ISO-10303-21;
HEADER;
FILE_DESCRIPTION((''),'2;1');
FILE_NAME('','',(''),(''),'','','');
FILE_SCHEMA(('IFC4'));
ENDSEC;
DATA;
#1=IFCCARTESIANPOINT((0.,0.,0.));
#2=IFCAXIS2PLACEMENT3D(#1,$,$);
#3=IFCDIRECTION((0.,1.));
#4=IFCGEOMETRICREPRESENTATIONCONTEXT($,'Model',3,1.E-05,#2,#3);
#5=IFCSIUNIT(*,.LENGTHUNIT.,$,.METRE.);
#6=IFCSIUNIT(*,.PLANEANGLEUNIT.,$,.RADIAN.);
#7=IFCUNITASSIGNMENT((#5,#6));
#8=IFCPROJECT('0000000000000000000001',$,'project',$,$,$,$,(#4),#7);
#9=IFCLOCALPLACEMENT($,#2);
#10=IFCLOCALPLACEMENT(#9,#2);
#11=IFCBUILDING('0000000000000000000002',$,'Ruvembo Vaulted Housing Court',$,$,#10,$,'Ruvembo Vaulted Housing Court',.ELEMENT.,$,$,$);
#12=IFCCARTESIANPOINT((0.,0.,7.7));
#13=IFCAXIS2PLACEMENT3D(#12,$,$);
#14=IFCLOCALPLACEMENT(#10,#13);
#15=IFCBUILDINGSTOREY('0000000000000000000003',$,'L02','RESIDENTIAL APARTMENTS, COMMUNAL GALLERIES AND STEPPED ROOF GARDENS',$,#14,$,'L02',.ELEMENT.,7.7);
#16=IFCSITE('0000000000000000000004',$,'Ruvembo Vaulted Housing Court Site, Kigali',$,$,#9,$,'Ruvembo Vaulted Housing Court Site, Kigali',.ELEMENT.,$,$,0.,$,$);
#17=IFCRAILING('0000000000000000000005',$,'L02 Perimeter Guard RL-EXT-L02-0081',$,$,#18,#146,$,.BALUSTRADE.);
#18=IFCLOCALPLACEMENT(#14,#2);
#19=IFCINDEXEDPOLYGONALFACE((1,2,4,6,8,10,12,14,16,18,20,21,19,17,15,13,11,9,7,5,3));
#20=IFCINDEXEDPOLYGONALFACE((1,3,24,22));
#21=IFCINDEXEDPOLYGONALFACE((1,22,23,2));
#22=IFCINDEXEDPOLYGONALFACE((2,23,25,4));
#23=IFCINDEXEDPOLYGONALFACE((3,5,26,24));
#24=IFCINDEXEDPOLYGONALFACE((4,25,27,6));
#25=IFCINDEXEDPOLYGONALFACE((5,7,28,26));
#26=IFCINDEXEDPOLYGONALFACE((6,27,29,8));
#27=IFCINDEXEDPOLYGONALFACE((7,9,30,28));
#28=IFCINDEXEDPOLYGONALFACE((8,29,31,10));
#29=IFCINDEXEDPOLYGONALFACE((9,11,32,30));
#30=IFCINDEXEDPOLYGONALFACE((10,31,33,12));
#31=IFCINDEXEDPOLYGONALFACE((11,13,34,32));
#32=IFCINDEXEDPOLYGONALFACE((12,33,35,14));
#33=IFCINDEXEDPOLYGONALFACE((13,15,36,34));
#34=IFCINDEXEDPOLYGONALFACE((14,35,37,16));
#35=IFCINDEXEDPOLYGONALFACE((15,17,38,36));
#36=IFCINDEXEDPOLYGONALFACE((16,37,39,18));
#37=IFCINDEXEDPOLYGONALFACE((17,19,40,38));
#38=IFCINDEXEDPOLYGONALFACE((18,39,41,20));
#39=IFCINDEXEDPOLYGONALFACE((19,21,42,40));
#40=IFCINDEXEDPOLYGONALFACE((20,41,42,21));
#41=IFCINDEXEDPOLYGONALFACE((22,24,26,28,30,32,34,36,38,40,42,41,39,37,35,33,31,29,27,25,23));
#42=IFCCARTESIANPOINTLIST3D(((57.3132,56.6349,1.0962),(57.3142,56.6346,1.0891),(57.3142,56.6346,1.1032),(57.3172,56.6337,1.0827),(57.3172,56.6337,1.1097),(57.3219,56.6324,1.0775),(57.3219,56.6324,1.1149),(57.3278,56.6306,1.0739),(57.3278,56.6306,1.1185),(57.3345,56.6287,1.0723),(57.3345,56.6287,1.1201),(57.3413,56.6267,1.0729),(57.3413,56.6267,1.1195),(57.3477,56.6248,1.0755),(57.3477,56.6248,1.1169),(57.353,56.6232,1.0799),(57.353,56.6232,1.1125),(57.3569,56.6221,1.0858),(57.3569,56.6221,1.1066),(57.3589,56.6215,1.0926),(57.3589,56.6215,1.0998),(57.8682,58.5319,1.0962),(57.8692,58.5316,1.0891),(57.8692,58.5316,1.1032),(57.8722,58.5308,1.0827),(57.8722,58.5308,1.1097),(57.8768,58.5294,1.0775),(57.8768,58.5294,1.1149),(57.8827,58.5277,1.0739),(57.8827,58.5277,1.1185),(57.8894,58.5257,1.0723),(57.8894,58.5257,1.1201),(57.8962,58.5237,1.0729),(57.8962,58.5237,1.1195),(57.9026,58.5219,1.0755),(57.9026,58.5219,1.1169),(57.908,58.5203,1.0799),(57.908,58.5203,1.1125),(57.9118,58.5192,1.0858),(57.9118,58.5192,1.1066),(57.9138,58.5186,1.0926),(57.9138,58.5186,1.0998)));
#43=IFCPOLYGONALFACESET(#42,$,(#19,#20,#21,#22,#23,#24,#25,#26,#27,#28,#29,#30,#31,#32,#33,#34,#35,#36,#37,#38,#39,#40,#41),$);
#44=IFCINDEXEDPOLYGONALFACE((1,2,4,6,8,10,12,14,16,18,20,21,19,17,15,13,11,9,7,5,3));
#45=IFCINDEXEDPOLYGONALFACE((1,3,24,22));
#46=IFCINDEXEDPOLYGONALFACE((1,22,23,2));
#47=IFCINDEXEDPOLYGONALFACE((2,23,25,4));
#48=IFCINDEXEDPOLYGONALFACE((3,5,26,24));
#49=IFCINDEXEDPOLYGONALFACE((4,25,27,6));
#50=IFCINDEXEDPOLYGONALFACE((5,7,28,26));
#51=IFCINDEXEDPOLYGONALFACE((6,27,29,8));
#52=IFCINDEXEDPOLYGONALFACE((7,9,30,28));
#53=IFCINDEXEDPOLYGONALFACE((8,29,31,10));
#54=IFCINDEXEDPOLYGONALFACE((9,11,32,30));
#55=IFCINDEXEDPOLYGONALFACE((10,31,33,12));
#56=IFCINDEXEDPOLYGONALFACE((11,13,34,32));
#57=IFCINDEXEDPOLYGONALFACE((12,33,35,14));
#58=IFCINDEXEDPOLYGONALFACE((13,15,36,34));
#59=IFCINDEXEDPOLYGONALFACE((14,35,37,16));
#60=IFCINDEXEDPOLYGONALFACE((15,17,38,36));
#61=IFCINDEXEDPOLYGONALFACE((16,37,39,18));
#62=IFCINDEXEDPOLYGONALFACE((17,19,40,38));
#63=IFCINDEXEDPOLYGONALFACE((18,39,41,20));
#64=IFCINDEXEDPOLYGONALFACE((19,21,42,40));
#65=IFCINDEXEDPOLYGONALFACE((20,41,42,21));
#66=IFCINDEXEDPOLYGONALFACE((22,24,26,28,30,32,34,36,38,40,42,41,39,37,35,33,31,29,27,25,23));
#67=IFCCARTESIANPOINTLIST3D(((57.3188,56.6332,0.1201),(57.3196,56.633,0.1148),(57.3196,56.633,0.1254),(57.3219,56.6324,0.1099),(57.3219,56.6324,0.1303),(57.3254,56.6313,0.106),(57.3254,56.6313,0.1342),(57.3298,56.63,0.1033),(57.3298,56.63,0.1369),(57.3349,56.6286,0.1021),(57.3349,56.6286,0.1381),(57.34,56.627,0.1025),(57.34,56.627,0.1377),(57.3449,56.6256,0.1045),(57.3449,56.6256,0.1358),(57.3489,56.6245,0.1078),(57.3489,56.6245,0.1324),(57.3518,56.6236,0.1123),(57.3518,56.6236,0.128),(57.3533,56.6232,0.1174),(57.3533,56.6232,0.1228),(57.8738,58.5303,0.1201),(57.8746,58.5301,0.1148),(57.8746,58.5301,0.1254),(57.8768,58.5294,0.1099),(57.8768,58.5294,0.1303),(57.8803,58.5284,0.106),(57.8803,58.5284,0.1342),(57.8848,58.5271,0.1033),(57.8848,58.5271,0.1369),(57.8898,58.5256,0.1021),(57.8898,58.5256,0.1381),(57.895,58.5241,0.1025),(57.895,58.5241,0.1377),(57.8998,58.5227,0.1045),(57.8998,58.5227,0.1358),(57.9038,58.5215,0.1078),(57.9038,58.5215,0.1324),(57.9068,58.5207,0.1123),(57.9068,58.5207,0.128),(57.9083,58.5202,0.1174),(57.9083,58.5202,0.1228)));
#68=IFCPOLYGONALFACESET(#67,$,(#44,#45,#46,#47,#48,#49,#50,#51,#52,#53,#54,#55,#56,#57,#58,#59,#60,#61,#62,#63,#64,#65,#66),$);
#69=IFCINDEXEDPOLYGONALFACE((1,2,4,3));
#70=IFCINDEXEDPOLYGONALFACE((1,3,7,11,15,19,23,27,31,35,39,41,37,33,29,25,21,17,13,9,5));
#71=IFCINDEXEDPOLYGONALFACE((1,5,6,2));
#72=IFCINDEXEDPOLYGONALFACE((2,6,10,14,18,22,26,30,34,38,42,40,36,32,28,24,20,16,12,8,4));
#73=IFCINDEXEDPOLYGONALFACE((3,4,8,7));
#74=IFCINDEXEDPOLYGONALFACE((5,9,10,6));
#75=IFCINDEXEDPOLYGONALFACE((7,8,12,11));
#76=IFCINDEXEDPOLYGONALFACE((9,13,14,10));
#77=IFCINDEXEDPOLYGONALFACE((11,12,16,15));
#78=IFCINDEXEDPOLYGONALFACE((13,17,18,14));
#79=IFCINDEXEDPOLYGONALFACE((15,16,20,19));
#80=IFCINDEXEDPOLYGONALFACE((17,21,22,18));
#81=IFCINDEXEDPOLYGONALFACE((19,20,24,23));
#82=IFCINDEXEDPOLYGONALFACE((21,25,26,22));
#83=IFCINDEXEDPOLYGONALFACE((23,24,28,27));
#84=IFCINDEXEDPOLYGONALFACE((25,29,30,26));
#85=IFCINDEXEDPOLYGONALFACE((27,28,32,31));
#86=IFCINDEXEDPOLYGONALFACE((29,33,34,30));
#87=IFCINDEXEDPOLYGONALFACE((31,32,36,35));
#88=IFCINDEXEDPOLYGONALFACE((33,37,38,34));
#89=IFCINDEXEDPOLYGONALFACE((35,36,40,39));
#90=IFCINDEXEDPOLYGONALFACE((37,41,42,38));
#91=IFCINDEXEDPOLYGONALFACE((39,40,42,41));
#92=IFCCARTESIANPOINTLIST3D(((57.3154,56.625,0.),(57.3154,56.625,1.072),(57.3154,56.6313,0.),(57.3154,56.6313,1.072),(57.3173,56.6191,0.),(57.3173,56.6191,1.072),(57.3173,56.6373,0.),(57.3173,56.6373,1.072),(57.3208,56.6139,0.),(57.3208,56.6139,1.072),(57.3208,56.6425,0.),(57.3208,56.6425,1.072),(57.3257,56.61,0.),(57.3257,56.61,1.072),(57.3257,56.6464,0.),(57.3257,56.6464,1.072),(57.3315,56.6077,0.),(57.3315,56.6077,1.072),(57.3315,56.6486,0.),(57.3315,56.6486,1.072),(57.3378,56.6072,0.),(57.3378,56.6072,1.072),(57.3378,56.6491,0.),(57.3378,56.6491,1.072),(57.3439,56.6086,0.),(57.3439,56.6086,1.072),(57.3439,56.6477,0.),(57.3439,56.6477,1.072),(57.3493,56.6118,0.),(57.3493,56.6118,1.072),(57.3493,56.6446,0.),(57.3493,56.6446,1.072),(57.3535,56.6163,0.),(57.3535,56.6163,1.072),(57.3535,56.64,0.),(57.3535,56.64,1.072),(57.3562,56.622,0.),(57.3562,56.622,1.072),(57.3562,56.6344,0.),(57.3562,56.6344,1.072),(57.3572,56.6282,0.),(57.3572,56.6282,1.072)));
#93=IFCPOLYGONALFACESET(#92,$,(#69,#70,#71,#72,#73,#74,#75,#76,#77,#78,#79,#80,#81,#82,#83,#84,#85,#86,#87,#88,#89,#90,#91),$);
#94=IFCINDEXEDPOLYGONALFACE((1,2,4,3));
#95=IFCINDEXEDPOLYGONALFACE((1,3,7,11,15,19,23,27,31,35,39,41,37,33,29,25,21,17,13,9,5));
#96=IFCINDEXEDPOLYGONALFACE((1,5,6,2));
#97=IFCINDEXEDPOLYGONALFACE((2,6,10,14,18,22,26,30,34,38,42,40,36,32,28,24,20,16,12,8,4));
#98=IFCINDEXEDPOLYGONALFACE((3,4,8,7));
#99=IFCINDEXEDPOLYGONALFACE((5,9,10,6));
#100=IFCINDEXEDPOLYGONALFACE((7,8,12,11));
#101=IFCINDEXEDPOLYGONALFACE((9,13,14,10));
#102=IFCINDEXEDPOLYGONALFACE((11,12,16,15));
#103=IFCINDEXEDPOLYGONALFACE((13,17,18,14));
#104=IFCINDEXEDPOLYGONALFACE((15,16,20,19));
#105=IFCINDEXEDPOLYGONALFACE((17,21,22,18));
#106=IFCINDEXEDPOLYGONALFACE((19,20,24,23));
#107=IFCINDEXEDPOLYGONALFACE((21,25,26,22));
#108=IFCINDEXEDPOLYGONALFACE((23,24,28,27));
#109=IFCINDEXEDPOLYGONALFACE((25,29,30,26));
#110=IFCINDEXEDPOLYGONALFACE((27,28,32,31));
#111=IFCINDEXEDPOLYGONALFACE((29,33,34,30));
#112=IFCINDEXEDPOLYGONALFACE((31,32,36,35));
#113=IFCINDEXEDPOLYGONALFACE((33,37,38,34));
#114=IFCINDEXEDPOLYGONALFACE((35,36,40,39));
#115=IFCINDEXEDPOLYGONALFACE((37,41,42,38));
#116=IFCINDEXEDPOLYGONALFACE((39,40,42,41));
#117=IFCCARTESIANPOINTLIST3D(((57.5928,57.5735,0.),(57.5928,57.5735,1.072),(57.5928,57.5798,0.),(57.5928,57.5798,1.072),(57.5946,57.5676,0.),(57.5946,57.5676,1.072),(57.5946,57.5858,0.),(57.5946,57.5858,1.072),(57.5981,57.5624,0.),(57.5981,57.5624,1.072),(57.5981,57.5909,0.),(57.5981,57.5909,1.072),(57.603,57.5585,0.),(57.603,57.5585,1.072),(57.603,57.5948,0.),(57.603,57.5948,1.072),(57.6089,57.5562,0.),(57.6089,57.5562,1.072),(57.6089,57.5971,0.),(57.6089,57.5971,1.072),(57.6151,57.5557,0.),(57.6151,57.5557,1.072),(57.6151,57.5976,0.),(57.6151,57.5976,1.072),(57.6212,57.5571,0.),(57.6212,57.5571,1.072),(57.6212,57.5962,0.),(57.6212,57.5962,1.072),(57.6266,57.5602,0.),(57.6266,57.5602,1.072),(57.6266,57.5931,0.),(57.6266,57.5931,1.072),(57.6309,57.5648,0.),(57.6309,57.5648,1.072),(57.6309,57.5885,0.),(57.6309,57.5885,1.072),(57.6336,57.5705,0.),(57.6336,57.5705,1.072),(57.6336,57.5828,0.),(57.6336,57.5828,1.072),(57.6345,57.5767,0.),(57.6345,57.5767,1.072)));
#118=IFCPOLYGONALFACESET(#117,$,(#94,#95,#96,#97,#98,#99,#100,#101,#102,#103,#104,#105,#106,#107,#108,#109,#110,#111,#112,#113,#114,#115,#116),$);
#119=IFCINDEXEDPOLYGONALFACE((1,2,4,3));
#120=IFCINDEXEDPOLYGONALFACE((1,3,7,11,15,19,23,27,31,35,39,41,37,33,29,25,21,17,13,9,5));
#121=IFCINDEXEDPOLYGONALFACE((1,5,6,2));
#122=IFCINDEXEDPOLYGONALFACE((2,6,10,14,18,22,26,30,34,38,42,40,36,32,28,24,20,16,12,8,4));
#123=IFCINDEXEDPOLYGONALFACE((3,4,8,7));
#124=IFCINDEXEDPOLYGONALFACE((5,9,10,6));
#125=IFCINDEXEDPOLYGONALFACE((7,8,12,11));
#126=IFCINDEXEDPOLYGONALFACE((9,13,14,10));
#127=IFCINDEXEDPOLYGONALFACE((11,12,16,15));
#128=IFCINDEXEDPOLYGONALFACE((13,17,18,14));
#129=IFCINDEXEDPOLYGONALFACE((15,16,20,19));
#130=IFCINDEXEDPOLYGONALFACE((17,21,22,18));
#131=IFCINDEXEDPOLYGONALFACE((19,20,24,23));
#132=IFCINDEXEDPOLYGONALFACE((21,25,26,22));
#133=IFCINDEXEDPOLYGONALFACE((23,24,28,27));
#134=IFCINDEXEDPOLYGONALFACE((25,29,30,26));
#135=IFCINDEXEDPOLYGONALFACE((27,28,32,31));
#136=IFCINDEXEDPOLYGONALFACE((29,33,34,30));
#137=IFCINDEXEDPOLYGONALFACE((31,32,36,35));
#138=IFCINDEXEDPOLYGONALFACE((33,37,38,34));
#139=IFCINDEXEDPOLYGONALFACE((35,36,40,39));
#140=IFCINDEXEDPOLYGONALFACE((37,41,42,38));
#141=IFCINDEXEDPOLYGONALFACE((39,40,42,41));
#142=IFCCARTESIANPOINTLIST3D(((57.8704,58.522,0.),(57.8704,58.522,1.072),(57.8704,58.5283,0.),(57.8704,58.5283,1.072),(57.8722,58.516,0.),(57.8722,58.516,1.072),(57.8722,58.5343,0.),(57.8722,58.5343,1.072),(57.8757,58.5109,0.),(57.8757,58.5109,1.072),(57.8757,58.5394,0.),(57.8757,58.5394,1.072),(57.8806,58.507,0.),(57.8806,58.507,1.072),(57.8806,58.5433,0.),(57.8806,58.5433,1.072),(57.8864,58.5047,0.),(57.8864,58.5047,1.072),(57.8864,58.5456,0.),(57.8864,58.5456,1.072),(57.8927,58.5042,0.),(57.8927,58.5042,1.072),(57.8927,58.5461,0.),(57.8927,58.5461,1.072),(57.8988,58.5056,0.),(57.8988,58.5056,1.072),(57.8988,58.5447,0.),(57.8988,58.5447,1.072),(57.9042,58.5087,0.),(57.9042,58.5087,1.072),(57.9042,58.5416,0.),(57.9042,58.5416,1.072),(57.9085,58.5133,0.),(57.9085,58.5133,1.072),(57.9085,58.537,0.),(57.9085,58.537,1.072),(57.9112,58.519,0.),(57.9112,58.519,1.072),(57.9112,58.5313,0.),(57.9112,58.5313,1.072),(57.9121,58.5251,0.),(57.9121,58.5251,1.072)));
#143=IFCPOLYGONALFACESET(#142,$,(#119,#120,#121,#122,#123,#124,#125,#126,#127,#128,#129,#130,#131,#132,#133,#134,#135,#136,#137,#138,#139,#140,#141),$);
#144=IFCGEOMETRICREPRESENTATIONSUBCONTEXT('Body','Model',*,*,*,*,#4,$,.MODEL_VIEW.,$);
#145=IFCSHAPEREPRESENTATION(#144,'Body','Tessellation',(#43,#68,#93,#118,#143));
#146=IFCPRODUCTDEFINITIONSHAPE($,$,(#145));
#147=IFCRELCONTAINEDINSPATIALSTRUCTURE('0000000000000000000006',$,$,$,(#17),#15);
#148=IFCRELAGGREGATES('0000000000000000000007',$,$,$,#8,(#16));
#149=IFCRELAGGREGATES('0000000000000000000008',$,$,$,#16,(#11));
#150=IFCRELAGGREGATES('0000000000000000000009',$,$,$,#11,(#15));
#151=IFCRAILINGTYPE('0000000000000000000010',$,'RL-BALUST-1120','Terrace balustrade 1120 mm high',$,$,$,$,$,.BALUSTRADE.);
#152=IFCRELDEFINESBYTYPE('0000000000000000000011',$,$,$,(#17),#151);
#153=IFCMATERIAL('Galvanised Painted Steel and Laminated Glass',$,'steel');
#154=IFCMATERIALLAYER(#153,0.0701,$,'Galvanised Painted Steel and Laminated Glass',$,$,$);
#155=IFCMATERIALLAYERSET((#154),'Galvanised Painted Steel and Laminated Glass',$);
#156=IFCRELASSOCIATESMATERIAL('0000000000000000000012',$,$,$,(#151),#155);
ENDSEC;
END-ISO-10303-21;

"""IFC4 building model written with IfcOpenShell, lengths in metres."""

from ifc_helpers import new_model, si_unit, direction, frame, origin, origin_2d, place, context, subcontext, project, spatial, circle, extrude, material, layer, layer_set, type_object, element, save


model = new_model("IFC4")

# Units and contexts
model_context = context("Model", 3, precision=1e-05, world=origin(), true_north=direction((0.0, 1.0)))
body_context = subcontext(model_context, "Body", "Model", "MODEL_VIEW")
ifc_project = project(units=[si_unit("LENGTHUNIT", "METRE"), si_unit("PLANEANGLEUNIT", "RADIAN")], contexts=[model_context])

# Site, building, storey
site_placement = place(None, origin())
site = spatial("IfcSite", under=ifc_project, at=site_placement, Name="Ruvembo Vaulted Housing Court Site, Kigali", LongName="Ruvembo Vaulted Housing Court Site, Kigali", CompositionType="ELEMENT", RefElevation=0.0)
building_placement = place(site_placement, origin())
building = spatial("IfcBuilding", under=site, at=building_placement, Name="Ruvembo Vaulted Housing Court", LongName="Ruvembo Vaulted Housing Court", CompositionType="ELEMENT")
storey_placement = place(building_placement, frame((0.0, 0.0, 7.7)))
storey = spatial("IfcBuildingStorey", under=building, at=storey_placement, Name="L02", Description="RESIDENTIAL APARTMENTS, COMMUNAL GALLERIES AND STEPPED ROOF GARDENS", LongName="L02", CompositionType="ELEMENT", Elevation=7.7)

# Railing
ifc_material_1 = material(Name="Galvanised Painted Steel and Laminated Glass", Category="steel")
ifc_layer_1 = layer(ifc_material_1, 0.0701, Name="Galvanised Painted Steel and Laminated Glass")
ifc_layer_set_1 = layer_set([ifc_layer_1], Name="Galvanised Painted Steel and Laminated Glass")
railing_type = type_object("IfcRailingType", Name="RL-BALUST-1120", Description="Terrace balustrade 1120 mm high", PredefinedType="BALUSTRADE", material=ifc_layer_set_1)
railing_1_placement = place(storey_placement, frame((57.3362, 56.6282, 0.0)))
element("IfcRailing", 1, at=railing_1_placement, inside=storey, type_object=railing_type, Name="L02 Perimeter Guard RL-EXT-L02-0081", PredefinedType="BALUSTRADE", context=body_context, shape_type="SweptSolid", body=[
    extrude(circle(Radius=0.0239, at=origin_2d()), frame((0.0, 0.0, 1.0962), z_axis=(0.280768, 0.959776, 0.0), x_axis=(-0.959776, 0.280768, 0.0)), (0.0, 0.0, 1.0), 1.9766),
    extrude(circle(Radius=0.0181, at=origin_2d()), frame((0.0, 0.0, 0.1201), z_axis=(0.280768, 0.959776, 0.0), x_axis=(-0.959776, 0.280768, 0.0)), (0.0, 0.0, 1.0), 1.9766),
    extrude(circle(Radius=0.021, at=origin_2d()), origin(), (0.0, 0.0, 1.0), 1.072),
    extrude(circle(Radius=0.021, at=origin_2d()), frame((0.2773, 0.9485, 0.0)), (0.0, 0.0, 1.0), 1.072),
    extrude(circle(Radius=0.021, at=origin_2d()), frame((0.5549, 1.897, 0.0)), (0.0, 0.0, 1.0), 1.072),
])

save(model, "model.ifc")
